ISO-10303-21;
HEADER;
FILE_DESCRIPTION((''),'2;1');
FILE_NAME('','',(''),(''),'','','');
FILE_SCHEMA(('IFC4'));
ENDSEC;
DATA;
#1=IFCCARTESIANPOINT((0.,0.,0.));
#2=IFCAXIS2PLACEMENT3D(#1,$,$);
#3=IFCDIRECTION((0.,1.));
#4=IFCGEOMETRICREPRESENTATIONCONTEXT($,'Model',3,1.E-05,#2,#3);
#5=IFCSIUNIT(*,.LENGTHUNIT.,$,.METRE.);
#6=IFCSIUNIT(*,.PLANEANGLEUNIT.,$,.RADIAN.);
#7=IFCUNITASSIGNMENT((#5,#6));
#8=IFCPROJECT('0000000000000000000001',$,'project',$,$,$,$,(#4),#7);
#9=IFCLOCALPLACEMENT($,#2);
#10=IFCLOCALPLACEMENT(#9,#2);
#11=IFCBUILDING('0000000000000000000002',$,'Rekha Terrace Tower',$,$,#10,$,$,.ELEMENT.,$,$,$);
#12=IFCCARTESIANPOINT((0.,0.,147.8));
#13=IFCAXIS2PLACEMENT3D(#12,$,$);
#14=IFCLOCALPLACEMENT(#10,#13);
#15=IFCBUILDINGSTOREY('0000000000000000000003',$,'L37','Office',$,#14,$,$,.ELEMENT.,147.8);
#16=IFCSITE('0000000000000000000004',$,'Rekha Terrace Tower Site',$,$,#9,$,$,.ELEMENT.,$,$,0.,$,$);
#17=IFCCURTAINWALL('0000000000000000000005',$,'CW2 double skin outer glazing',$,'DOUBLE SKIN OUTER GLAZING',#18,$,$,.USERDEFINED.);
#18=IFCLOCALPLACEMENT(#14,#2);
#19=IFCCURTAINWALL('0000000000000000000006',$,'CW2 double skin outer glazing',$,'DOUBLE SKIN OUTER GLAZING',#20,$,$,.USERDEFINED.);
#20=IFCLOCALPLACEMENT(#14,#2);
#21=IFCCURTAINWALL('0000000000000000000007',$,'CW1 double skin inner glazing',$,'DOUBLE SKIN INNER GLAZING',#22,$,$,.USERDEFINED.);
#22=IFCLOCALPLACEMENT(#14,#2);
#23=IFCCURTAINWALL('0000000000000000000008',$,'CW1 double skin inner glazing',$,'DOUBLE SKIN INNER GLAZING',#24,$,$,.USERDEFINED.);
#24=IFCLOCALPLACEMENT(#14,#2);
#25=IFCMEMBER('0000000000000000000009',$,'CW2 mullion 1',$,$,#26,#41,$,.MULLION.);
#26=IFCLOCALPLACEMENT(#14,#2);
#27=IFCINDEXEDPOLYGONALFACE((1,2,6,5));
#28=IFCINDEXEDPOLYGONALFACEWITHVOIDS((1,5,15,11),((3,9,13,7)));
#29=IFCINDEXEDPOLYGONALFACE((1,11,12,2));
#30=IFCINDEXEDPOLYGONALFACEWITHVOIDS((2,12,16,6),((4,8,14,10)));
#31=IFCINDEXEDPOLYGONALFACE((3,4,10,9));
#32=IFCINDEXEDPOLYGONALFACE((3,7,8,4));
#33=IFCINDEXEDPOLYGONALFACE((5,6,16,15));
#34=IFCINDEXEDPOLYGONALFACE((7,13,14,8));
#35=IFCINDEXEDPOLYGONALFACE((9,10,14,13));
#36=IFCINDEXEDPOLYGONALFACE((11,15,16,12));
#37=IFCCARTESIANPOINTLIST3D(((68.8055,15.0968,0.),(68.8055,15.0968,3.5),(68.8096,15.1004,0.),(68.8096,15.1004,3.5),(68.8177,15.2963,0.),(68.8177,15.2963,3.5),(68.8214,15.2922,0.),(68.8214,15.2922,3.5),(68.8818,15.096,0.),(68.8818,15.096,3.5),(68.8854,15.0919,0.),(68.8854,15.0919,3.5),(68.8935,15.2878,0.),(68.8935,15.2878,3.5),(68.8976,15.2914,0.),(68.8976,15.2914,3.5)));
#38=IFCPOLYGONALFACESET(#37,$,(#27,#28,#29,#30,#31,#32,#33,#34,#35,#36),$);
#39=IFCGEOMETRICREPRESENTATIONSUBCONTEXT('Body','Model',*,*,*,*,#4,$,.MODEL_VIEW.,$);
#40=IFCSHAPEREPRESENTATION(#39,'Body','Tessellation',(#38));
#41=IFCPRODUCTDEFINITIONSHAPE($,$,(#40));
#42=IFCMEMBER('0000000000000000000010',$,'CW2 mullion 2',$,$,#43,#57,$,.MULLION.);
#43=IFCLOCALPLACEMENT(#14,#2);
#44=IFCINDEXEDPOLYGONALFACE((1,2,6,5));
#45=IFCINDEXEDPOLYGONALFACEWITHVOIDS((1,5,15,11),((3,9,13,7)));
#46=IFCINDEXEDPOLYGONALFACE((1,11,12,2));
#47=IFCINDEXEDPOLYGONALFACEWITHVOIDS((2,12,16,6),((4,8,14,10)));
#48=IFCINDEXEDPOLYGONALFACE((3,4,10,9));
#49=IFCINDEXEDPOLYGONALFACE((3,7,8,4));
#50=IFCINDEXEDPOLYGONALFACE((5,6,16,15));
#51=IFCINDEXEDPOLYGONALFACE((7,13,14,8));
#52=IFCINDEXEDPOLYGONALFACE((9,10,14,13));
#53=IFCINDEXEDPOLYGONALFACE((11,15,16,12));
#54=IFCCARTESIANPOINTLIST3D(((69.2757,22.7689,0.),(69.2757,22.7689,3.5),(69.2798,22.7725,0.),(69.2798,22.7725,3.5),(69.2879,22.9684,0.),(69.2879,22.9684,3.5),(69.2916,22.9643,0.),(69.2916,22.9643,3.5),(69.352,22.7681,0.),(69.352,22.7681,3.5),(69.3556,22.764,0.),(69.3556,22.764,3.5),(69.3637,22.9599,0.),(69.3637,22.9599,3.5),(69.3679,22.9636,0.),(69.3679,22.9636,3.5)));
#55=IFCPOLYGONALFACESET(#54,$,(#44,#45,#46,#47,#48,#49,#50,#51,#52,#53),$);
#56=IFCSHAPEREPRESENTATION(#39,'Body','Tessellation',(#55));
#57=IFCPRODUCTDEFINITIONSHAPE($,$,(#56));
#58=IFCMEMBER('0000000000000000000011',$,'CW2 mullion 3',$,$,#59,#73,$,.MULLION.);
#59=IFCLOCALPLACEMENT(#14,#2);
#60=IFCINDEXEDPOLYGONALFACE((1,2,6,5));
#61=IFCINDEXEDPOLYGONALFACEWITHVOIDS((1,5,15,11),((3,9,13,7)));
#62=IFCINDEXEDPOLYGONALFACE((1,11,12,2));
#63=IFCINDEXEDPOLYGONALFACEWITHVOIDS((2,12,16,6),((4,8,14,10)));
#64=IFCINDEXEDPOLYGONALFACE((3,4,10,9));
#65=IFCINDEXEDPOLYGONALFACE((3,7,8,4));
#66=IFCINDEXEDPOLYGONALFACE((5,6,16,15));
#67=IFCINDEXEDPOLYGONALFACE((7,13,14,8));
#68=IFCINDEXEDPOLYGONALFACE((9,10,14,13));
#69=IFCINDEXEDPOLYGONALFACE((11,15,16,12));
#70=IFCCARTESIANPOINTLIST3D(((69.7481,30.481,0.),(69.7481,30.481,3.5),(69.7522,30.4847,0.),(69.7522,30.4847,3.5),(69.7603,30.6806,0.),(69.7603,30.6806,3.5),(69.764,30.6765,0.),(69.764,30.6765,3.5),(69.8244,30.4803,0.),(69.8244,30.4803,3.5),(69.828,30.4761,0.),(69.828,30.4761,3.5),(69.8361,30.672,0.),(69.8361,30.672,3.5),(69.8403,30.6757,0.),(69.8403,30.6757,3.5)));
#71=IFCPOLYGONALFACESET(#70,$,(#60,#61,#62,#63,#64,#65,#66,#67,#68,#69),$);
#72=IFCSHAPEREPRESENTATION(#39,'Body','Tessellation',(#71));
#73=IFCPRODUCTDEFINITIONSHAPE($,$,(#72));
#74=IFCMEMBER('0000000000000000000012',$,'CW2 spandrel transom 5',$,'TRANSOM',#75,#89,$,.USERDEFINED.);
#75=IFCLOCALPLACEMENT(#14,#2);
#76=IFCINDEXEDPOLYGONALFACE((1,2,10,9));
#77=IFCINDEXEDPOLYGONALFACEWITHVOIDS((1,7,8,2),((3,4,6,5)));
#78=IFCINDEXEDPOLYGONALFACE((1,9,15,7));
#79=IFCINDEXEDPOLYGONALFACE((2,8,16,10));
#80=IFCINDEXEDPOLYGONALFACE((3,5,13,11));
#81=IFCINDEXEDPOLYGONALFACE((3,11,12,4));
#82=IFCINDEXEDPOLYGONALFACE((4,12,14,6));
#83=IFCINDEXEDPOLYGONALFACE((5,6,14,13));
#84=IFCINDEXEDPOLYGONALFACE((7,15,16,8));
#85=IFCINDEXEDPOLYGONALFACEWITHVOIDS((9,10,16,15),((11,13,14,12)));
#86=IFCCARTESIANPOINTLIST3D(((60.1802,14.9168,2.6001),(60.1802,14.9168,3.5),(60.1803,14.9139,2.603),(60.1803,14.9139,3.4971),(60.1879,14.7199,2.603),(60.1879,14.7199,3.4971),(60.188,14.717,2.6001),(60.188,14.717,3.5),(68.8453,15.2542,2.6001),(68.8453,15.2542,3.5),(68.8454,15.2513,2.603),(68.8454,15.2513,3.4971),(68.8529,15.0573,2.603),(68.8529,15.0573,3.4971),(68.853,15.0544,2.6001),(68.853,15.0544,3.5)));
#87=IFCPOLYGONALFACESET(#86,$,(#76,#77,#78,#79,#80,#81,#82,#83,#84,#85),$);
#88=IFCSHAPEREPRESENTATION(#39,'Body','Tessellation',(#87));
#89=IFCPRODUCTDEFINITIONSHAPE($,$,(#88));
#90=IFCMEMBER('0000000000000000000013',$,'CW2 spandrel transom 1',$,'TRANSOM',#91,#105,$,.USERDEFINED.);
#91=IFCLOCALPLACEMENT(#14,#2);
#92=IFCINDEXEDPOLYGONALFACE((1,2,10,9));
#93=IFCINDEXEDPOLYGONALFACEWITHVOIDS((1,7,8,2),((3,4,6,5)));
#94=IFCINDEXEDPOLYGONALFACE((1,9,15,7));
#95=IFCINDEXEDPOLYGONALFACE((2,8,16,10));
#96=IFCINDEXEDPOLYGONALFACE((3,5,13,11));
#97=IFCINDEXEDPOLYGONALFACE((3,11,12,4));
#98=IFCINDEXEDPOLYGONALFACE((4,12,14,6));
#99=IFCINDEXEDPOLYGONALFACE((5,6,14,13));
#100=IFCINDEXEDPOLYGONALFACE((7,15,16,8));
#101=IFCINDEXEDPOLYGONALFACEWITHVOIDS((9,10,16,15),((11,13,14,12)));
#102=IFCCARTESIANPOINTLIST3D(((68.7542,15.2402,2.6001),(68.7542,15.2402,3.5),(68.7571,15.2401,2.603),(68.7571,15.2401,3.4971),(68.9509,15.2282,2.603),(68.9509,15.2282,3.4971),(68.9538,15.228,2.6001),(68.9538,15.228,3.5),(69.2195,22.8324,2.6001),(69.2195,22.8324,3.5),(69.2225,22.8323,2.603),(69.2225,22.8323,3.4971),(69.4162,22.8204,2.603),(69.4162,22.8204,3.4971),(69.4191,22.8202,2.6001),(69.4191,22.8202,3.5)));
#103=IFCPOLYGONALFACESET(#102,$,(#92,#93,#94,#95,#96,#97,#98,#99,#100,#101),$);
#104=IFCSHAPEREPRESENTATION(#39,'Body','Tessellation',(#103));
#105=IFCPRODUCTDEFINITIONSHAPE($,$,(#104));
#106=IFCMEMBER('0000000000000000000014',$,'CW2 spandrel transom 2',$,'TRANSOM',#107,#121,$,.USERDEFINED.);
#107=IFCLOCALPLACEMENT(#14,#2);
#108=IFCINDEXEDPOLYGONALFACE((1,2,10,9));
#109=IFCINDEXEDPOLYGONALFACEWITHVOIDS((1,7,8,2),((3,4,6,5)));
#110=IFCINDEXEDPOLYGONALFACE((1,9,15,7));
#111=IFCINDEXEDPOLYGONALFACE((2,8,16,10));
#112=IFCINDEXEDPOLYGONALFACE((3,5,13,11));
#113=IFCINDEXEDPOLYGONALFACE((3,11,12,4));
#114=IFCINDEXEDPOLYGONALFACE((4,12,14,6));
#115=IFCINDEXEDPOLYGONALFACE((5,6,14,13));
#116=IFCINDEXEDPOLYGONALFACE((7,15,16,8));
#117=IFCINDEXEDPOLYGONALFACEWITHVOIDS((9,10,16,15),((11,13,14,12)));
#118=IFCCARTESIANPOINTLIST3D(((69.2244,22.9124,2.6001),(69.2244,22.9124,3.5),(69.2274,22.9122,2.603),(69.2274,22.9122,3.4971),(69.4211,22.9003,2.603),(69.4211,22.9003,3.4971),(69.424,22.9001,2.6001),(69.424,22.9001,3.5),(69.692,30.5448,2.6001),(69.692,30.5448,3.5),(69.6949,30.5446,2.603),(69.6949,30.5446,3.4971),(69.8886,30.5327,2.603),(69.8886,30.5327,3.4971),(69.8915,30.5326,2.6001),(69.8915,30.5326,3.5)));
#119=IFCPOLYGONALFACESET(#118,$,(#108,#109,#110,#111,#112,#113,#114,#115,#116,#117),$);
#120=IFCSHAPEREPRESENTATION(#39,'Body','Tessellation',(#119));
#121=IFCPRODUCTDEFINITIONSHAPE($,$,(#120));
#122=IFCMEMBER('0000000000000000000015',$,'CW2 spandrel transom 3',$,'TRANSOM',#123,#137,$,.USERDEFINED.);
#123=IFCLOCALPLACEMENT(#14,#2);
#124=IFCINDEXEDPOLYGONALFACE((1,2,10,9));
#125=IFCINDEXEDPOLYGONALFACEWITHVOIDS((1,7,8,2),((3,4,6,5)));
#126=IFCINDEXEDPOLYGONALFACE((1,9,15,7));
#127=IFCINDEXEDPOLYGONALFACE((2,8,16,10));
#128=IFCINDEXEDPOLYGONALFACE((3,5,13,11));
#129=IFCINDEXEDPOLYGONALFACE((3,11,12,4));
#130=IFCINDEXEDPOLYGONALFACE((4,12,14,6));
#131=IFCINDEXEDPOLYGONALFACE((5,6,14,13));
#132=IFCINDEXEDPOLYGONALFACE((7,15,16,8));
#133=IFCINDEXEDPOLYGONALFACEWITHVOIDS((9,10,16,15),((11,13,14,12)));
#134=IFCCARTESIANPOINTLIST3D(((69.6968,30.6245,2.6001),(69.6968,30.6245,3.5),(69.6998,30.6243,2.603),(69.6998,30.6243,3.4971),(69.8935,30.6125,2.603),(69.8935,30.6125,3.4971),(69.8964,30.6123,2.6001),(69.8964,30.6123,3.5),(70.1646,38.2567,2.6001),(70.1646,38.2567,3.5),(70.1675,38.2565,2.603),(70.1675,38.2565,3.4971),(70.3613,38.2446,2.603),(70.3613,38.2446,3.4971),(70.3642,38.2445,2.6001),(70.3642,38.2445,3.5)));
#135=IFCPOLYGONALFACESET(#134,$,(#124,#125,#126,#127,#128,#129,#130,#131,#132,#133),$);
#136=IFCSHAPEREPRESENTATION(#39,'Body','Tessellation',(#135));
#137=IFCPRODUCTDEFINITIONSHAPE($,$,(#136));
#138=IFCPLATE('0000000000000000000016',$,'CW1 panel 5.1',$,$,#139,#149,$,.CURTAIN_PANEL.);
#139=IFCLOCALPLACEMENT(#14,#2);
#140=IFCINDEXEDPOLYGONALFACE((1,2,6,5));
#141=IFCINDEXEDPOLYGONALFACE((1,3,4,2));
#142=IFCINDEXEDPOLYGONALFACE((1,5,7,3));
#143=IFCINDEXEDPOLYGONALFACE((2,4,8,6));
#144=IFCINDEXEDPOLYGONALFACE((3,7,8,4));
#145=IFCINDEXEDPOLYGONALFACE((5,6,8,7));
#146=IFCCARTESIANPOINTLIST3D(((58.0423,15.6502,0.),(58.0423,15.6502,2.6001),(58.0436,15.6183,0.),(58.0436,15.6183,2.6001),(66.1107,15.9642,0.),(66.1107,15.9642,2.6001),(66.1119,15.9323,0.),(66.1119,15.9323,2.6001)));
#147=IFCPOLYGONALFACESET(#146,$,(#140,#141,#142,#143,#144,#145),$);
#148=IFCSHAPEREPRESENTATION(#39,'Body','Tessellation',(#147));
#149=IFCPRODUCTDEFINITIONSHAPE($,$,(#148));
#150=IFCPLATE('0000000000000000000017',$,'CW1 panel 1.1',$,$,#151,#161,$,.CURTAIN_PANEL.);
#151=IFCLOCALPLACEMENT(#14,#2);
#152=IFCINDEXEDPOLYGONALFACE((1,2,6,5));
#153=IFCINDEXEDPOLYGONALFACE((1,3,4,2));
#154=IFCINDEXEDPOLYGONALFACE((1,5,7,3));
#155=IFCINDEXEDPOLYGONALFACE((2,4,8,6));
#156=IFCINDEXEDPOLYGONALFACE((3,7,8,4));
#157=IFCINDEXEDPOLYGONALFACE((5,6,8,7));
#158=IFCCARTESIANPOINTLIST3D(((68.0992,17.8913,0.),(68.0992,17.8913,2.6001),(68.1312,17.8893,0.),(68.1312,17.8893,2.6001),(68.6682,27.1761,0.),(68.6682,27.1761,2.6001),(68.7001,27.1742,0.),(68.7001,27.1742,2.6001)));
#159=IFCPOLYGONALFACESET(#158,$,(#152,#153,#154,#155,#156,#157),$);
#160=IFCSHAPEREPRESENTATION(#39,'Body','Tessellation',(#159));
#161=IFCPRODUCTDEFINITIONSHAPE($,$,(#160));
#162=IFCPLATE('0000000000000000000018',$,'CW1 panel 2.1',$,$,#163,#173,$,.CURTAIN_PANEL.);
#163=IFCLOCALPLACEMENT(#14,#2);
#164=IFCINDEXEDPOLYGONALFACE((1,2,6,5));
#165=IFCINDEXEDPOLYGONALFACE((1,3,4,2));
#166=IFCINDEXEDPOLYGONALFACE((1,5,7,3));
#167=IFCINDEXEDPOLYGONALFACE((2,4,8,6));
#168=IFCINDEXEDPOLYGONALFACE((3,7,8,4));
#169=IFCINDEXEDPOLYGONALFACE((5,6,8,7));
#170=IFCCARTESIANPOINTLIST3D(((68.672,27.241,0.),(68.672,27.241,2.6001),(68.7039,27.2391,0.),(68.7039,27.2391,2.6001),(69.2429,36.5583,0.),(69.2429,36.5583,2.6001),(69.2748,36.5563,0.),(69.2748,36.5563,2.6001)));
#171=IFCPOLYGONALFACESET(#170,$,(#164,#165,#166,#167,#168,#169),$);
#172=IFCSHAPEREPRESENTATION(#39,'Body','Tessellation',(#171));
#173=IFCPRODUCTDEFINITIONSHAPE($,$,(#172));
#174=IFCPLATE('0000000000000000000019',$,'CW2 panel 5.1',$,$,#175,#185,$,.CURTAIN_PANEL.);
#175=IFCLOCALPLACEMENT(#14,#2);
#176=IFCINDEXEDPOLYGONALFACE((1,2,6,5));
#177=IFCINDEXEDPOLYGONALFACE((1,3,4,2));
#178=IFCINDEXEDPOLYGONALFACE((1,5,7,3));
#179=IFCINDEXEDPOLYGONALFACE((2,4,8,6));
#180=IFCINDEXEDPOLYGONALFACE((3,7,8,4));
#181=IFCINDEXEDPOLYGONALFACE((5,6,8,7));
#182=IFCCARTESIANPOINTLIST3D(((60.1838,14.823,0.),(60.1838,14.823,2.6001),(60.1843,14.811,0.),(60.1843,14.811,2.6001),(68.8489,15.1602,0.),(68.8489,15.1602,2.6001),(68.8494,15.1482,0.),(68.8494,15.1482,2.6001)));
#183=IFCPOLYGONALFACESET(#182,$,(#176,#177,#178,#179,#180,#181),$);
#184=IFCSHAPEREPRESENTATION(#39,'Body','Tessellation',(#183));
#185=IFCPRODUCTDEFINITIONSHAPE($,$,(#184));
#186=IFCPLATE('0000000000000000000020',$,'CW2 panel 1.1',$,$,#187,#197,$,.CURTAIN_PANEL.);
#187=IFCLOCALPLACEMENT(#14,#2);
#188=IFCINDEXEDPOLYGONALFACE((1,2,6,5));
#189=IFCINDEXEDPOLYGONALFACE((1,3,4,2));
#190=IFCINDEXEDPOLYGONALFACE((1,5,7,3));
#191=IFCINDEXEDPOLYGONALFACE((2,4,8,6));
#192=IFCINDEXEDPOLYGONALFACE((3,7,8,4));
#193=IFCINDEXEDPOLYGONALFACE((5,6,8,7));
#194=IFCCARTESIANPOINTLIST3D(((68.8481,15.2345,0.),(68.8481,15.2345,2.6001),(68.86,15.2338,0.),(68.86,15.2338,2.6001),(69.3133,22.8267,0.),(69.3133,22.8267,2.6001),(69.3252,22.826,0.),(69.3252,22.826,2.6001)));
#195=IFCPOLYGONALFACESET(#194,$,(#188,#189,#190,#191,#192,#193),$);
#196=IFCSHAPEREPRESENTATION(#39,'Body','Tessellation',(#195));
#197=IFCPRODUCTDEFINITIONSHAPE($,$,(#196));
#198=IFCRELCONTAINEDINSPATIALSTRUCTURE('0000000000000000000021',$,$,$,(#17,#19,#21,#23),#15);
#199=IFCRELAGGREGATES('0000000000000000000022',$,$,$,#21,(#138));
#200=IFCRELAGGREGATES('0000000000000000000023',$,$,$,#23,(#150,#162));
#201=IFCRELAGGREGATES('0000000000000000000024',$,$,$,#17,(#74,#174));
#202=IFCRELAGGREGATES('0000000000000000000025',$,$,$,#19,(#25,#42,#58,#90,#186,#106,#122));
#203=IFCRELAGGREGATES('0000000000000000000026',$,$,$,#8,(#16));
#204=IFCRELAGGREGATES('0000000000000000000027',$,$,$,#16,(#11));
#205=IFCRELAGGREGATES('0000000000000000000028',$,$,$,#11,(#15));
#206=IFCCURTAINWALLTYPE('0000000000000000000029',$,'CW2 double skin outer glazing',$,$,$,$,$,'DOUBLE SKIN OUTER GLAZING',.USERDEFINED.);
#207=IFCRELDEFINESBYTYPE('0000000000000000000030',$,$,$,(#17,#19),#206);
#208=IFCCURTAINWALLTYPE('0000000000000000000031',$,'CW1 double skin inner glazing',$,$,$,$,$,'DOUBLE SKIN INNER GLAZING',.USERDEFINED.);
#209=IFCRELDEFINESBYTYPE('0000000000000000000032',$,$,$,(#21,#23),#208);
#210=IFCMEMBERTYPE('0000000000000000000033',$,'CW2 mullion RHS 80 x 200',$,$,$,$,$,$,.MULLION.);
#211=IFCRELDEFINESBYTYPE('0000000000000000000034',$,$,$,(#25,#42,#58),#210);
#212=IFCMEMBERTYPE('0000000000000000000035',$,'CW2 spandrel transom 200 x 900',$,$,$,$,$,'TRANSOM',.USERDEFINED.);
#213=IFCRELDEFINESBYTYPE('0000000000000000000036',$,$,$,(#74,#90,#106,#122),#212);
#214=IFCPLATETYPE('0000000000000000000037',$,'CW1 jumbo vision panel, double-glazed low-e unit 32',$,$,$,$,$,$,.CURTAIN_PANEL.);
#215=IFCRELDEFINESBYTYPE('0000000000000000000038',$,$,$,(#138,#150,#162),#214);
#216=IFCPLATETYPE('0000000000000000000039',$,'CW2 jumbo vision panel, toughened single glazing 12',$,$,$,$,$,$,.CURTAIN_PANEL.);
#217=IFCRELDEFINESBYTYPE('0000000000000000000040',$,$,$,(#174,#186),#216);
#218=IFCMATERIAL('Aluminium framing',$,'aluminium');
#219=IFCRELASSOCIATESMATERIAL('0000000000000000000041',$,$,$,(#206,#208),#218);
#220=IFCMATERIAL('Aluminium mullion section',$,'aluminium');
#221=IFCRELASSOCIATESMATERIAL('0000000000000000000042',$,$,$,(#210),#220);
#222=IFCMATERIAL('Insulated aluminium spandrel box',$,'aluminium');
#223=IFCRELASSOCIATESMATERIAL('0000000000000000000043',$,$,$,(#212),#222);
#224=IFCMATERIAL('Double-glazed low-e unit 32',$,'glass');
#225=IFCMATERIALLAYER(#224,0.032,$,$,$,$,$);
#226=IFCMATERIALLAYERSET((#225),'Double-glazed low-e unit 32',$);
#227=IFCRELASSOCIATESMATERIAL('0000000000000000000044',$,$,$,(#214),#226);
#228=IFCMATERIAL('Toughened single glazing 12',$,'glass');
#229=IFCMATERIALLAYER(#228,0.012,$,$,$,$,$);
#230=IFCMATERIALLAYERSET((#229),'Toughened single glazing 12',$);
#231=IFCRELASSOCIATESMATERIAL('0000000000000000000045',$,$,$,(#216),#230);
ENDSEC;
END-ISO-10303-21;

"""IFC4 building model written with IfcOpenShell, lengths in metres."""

from ifc_helpers import new_model, si_unit, direction, frame, origin, origin_2d, place, context, subcontext, project, spatial, rectangle, hollow_rectangle, extrude, material, layer, layer_set, material_profile, profile_set, type_object, element, aggregate, save


model = new_model("IFC4")

# Units and contexts
model_context = context("Model", 3, precision=1e-05, world=origin(), true_north=direction((0.0, 1.0)))
body_context = subcontext(model_context, "Body", "Model", "MODEL_VIEW")
ifc_project = project(units=[si_unit("LENGTHUNIT", "METRE"), si_unit("PLANEANGLEUNIT", "RADIAN")], contexts=[model_context])

# Site, building, storey
site_placement = place(None, origin())
site = spatial("IfcSite", under=ifc_project, at=site_placement, Name="Rekha Terrace Tower Site", CompositionType="ELEMENT", RefElevation=0.0)
building_placement = place(site_placement, origin())
building = spatial("IfcBuilding", under=site, at=building_placement, Name="Rekha Terrace Tower", CompositionType="ELEMENT")
storey_placement = place(building_placement, frame((0.0, 0.0, 147.8)))
storey = spatial("IfcBuildingStorey", under=building, at=storey_placement, Name="L37", Description="Office", CompositionType="ELEMENT", Elevation=147.8)

# Curtain wall
ifc_material_1 = material(Name="Aluminium framing", Category="aluminium")
curtain_wall_type_1 = type_object("IfcCurtainWallType", Name="CW2 double skin outer glazing", ElementType="DOUBLE SKIN OUTER GLAZING", PredefinedType="USERDEFINED", material=ifc_material_1)
curtain_wall_1_placement = place(storey_placement, origin())
curtain_wall_1 = element("IfcCurtainWall", 1, at=curtain_wall_1_placement, inside=storey, type_object=curtain_wall_type_1, Name="CW2 double skin outer glazing", ObjectType="DOUBLE SKIN OUTER GLAZING", PredefinedType="USERDEFINED")

# Curtain wall
curtain_wall_2_placement = place(storey_placement, origin())
curtain_wall_2 = element("IfcCurtainWall", 2, at=curtain_wall_2_placement, inside=storey, type_object=curtain_wall_type_1, Name="CW2 double skin outer glazing", ObjectType="DOUBLE SKIN OUTER GLAZING", PredefinedType="USERDEFINED")

# Curtain wall
curtain_wall_type_2 = type_object("IfcCurtainWallType", Name="CW1 double skin inner glazing", ElementType="DOUBLE SKIN INNER GLAZING", PredefinedType="USERDEFINED", material=ifc_material_1)
curtain_wall_3_placement = place(storey_placement, origin())
curtain_wall_3 = element("IfcCurtainWall", 3, at=curtain_wall_3_placement, inside=storey, type_object=curtain_wall_type_2, Name="CW1 double skin inner glazing", ObjectType="DOUBLE SKIN INNER GLAZING", PredefinedType="USERDEFINED")
ifc_material_2 = material(Name="Aluminium mullion section", Category="aluminium")

# Curtain wall
curtain_wall_4_placement = place(storey_placement, origin())
curtain_wall_4 = element("IfcCurtainWall", 4, at=curtain_wall_4_placement, inside=storey, type_object=curtain_wall_type_2, Name="CW1 double skin inner glazing", ObjectType="DOUBLE SKIN INNER GLAZING", PredefinedType="USERDEFINED")
ifc_material_3 = material(Name="Insulated aluminium spandrel box", Category="aluminium")

# Members
ifc_material_profile_1 = material_profile(ifc_material_2, hollow_rectangle(XDim=0.0801, YDim=0.2, WallThickness=0.0039, at=origin_2d()), Name="AL RHS 80x200")
ifc_profile_set_1 = profile_set([ifc_material_profile_1], Name="Aluminium mullion section")
member_type_1 = type_object("IfcMemberType", Name="CW2 mullion RHS 80 x 200", PredefinedType="MULLION", material=ifc_profile_set_1)
member_1_placement = place(storey_placement, frame((68.8516, 15.1941, 0.0), z_axis=(0.0, 0.0, 1.0), x_axis=(-0.998128, 0.06116, 0.0)))
member_1 = element("IfcMember", 5, at=member_1_placement, type_object=member_type_1, Name="CW2 mullion 1", PredefinedType="MULLION", context=body_context, shape_type="SweptSolid", body=[
    extrude(hollow_rectangle(XDim=0.0801, YDim=0.2, WallThickness=0.0039, at=origin_2d()), origin(), (0.0, 0.0, 1.0), 3.5),
])
member_2_placement = place(storey_placement, frame((69.3218, 22.8662, 0.0), z_axis=(0.0, 0.0, 1.0), x_axis=(-0.998128, 0.06116, 0.0)))
member_2 = element("IfcMember", 6, at=member_2_placement, type_object=member_type_1, Name="CW2 mullion 2", PredefinedType="MULLION", context=body_context, shape_type="SweptSolid", body=[
    extrude(hollow_rectangle(XDim=0.0801, YDim=0.2, WallThickness=0.0039, at=origin_2d()), origin(), (0.0, 0.0, 1.0), 3.5),
])
member_3_placement = place(storey_placement, frame((69.7942, 30.5784, 0.0), z_axis=(0.0, 0.0, 1.0), x_axis=(-0.998128, 0.06116, 0.0)))
member_3 = element("IfcMember", 7, at=member_3_placement, type_object=member_type_1, Name="CW2 mullion 3", PredefinedType="MULLION", context=body_context, shape_type="SweptSolid", body=[
    extrude(hollow_rectangle(XDim=0.0801, YDim=0.2, WallThickness=0.0039, at=origin_2d()), origin(), (0.0, 0.0, 1.0), 3.5),
])
ifc_material_profile_2 = material_profile(ifc_material_3, hollow_rectangle(XDim=0.2, YDim=0.8999, WallThickness=0.0029, at=origin_2d()), Name="AL SPANDREL BOX 200x900")
ifc_profile_set_2 = profile_set([ifc_material_profile_2], Name="Insulated aluminium spandrel box")
member_type_2 = type_object("IfcMemberType", Name="CW2 spandrel transom 200 x 900", ElementType="TRANSOM", PredefinedType="USERDEFINED", material=ifc_profile_set_2)
member_4_placement = place(storey_placement, frame((60.1841, 14.8169, 3.05), z_axis=(0.999243, 0.038909, 0.0), x_axis=(-0.038909, 0.999243, 0.0)))
member_4 = element("IfcMember", 8, at=member_4_placement, type_object=member_type_2, Name="CW2 spandrel transom 5", ObjectType="TRANSOM", PredefinedType="USERDEFINED", context=body_context, shape_type="SweptSolid", body=[
    extrude(hollow_rectangle(XDim=0.2, YDim=0.8999, WallThickness=0.0029, at=origin_2d()), origin(), (0.0, 0.0, 1.0), 8.6716),
])
member_5_placement = place(storey_placement, frame((68.854, 15.2341, 3.05), z_axis=(0.061175, 0.998127, 0.0), x_axis=(-0.998127, 0.061175, 0.0)))
member_5 = element("IfcMember", 9, at=member_5_placement, type_object=member_type_2, Name="CW2 spandrel transom 1", ObjectType="TRANSOM", PredefinedType="USERDEFINED", context=body_context, shape_type="SweptSolid", body=[
    extrude(hollow_rectangle(XDim=0.2, YDim=0.8999, WallThickness=0.0029, at=origin_2d()), origin(), (0.0, 0.0, 1.0), 7.6064),
])
member_6_placement = place(storey_placement, frame((69.3242, 22.9062, 3.05), z_axis=(0.061142, 0.998129, 0.0), x_axis=(-0.998129, 0.061142, 0.0)))
member_6 = element("IfcMember", 10, at=member_6_placement, type_object=member_type_2, Name="CW2 spandrel transom 2", ObjectType="TRANSOM", PredefinedType="USERDEFINED", context=body_context, shape_type="SweptSolid", body=[
    extrude(hollow_rectangle(XDim=0.2, YDim=0.8999, WallThickness=0.0029, at=origin_2d()), origin(), (0.0, 0.0, 1.0), 7.6467),
])
member_7_placement = place(storey_placement, frame((69.7966, 30.6184, 3.05), z_axis=(0.061176, 0.998127, 0.0), x_axis=(-0.998127, 0.061176, 0.0)))
member_7 = element("IfcMember", 11, at=member_7_placement, type_object=member_type_2, Name="CW2 spandrel transom 3", ObjectType="TRANSOM", PredefinedType="USERDEFINED", context=body_context, shape_type="SweptSolid", body=[
    extrude(hollow_rectangle(XDim=0.2, YDim=0.8999, WallThickness=0.0029, at=origin_2d()), origin(), (0.0, 0.0, 1.0), 7.6465),
])

# Plates
ifc_material_4 = material(Name="Double-glazed low-e unit 32", Category="glass")
ifc_layer_1 = layer(ifc_material_4, 0.032)
ifc_layer_set_1 = layer_set([ifc_layer_1], Name="Double-glazed low-e unit 32")
plate_type_1 = type_object("IfcPlateType", Name="CW1 jumbo vision panel, double-glazed low-e unit 32", PredefinedType="CURTAIN_PANEL", material=ifc_layer_set_1)
plate_1_placement = place(storey_placement, frame((62.0771, 15.7913, 0.0), z_axis=(0.0, 0.0, 1.0), x_axis=(0.999243, 0.03889, 0.0)))
plate_1 = element("IfcPlate", 12, at=plate_1_placement, type_object=plate_type_1, Name="CW1 panel 5.1", PredefinedType="CURTAIN_PANEL", context=body_context, shape_type="SweptSolid", body=[
    extrude(rectangle(XDim=8.0745, YDim=0.032, at=origin_2d()), origin(), (0.0, 0.0, 1.0), 2.6001),
])
aggregate(curtain_wall_3, [plate_1])
plate_2_placement = place(storey_placement, frame((68.3997, 22.5327, 0.0), z_axis=(0.0, 0.0, 1.0), x_axis=(0.06116, 0.998128, 0.0)))
plate_2 = element("IfcPlate", 13, at=plate_2_placement, type_object=plate_type_1, Name="CW1 panel 1.1", PredefinedType="CURTAIN_PANEL", context=body_context, shape_type="SweptSolid", body=[
    extrude(rectangle(XDim=9.3022, YDim=0.032, at=origin_2d()), origin(), (0.0, 0.0, 1.0), 2.6001),
])
plate_3_placement = place(storey_placement, frame((68.9734, 31.8987, 0.0), z_axis=(0.0, 0.0, 1.0), x_axis=(0.06116, 0.998128, 0.0)))
plate_3 = element("IfcPlate", 14, at=plate_3_placement, type_object=plate_type_1, Name="CW1 panel 2.1", PredefinedType="CURTAIN_PANEL", context=body_context, shape_type="SweptSolid", body=[
    extrude(rectangle(XDim=9.3347, YDim=0.032, at=origin_2d()), origin(), (0.0, 0.0, 1.0), 2.6001),
])
aggregate(curtain_wall_4, [plate_2, plate_3])
ifc_material_5 = material(Name="Toughened single glazing 12", Category="glass")
ifc_layer_2 = layer(ifc_material_5, 0.012)
ifc_layer_set_2 = layer_set([ifc_layer_2], Name="Toughened single glazing 12")
plate_type_2 = type_object("IfcPlateType", Name="CW2 jumbo vision panel, toughened single glazing 12", PredefinedType="CURTAIN_PANEL", material=ifc_layer_set_2)
plate_4_placement = place(storey_placement, frame((64.5166, 14.9856, 0.0), z_axis=(0.0, 0.0, 1.0), x_axis=(0.999243, 0.03889, 0.0)))
plate_4 = element("IfcPlate", 15, at=plate_4_placement, type_object=plate_type_2, Name="CW2 panel 5.1", PredefinedType="CURTAIN_PANEL", context=body_context, shape_type="SweptSolid", body=[
    extrude(rectangle(XDim=8.6716, YDim=0.012, at=origin_2d()), origin(), (0.0, 0.0, 1.0), 2.6001),
])
aggregate(curtain_wall_1, [member_4, plate_4])
plate_5_placement = place(storey_placement, frame((69.0867, 19.0303, 0.0), z_axis=(0.0, 0.0, 1.0), x_axis=(0.06116, 0.998128, 0.0)))
plate_5 = element("IfcPlate", 16, at=plate_5_placement, type_object=plate_type_2, Name="CW2 panel 1.1", PredefinedType="CURTAIN_PANEL", context=body_context, shape_type="SweptSolid", body=[
    extrude(rectangle(XDim=7.6064, YDim=0.012, at=origin_2d()), origin(), (0.0, 0.0, 1.0), 2.6001),
])
aggregate(curtain_wall_2, [member_1, member_2, member_3, member_5, plate_5, member_6, member_7])

save(model, "model.ifc")
